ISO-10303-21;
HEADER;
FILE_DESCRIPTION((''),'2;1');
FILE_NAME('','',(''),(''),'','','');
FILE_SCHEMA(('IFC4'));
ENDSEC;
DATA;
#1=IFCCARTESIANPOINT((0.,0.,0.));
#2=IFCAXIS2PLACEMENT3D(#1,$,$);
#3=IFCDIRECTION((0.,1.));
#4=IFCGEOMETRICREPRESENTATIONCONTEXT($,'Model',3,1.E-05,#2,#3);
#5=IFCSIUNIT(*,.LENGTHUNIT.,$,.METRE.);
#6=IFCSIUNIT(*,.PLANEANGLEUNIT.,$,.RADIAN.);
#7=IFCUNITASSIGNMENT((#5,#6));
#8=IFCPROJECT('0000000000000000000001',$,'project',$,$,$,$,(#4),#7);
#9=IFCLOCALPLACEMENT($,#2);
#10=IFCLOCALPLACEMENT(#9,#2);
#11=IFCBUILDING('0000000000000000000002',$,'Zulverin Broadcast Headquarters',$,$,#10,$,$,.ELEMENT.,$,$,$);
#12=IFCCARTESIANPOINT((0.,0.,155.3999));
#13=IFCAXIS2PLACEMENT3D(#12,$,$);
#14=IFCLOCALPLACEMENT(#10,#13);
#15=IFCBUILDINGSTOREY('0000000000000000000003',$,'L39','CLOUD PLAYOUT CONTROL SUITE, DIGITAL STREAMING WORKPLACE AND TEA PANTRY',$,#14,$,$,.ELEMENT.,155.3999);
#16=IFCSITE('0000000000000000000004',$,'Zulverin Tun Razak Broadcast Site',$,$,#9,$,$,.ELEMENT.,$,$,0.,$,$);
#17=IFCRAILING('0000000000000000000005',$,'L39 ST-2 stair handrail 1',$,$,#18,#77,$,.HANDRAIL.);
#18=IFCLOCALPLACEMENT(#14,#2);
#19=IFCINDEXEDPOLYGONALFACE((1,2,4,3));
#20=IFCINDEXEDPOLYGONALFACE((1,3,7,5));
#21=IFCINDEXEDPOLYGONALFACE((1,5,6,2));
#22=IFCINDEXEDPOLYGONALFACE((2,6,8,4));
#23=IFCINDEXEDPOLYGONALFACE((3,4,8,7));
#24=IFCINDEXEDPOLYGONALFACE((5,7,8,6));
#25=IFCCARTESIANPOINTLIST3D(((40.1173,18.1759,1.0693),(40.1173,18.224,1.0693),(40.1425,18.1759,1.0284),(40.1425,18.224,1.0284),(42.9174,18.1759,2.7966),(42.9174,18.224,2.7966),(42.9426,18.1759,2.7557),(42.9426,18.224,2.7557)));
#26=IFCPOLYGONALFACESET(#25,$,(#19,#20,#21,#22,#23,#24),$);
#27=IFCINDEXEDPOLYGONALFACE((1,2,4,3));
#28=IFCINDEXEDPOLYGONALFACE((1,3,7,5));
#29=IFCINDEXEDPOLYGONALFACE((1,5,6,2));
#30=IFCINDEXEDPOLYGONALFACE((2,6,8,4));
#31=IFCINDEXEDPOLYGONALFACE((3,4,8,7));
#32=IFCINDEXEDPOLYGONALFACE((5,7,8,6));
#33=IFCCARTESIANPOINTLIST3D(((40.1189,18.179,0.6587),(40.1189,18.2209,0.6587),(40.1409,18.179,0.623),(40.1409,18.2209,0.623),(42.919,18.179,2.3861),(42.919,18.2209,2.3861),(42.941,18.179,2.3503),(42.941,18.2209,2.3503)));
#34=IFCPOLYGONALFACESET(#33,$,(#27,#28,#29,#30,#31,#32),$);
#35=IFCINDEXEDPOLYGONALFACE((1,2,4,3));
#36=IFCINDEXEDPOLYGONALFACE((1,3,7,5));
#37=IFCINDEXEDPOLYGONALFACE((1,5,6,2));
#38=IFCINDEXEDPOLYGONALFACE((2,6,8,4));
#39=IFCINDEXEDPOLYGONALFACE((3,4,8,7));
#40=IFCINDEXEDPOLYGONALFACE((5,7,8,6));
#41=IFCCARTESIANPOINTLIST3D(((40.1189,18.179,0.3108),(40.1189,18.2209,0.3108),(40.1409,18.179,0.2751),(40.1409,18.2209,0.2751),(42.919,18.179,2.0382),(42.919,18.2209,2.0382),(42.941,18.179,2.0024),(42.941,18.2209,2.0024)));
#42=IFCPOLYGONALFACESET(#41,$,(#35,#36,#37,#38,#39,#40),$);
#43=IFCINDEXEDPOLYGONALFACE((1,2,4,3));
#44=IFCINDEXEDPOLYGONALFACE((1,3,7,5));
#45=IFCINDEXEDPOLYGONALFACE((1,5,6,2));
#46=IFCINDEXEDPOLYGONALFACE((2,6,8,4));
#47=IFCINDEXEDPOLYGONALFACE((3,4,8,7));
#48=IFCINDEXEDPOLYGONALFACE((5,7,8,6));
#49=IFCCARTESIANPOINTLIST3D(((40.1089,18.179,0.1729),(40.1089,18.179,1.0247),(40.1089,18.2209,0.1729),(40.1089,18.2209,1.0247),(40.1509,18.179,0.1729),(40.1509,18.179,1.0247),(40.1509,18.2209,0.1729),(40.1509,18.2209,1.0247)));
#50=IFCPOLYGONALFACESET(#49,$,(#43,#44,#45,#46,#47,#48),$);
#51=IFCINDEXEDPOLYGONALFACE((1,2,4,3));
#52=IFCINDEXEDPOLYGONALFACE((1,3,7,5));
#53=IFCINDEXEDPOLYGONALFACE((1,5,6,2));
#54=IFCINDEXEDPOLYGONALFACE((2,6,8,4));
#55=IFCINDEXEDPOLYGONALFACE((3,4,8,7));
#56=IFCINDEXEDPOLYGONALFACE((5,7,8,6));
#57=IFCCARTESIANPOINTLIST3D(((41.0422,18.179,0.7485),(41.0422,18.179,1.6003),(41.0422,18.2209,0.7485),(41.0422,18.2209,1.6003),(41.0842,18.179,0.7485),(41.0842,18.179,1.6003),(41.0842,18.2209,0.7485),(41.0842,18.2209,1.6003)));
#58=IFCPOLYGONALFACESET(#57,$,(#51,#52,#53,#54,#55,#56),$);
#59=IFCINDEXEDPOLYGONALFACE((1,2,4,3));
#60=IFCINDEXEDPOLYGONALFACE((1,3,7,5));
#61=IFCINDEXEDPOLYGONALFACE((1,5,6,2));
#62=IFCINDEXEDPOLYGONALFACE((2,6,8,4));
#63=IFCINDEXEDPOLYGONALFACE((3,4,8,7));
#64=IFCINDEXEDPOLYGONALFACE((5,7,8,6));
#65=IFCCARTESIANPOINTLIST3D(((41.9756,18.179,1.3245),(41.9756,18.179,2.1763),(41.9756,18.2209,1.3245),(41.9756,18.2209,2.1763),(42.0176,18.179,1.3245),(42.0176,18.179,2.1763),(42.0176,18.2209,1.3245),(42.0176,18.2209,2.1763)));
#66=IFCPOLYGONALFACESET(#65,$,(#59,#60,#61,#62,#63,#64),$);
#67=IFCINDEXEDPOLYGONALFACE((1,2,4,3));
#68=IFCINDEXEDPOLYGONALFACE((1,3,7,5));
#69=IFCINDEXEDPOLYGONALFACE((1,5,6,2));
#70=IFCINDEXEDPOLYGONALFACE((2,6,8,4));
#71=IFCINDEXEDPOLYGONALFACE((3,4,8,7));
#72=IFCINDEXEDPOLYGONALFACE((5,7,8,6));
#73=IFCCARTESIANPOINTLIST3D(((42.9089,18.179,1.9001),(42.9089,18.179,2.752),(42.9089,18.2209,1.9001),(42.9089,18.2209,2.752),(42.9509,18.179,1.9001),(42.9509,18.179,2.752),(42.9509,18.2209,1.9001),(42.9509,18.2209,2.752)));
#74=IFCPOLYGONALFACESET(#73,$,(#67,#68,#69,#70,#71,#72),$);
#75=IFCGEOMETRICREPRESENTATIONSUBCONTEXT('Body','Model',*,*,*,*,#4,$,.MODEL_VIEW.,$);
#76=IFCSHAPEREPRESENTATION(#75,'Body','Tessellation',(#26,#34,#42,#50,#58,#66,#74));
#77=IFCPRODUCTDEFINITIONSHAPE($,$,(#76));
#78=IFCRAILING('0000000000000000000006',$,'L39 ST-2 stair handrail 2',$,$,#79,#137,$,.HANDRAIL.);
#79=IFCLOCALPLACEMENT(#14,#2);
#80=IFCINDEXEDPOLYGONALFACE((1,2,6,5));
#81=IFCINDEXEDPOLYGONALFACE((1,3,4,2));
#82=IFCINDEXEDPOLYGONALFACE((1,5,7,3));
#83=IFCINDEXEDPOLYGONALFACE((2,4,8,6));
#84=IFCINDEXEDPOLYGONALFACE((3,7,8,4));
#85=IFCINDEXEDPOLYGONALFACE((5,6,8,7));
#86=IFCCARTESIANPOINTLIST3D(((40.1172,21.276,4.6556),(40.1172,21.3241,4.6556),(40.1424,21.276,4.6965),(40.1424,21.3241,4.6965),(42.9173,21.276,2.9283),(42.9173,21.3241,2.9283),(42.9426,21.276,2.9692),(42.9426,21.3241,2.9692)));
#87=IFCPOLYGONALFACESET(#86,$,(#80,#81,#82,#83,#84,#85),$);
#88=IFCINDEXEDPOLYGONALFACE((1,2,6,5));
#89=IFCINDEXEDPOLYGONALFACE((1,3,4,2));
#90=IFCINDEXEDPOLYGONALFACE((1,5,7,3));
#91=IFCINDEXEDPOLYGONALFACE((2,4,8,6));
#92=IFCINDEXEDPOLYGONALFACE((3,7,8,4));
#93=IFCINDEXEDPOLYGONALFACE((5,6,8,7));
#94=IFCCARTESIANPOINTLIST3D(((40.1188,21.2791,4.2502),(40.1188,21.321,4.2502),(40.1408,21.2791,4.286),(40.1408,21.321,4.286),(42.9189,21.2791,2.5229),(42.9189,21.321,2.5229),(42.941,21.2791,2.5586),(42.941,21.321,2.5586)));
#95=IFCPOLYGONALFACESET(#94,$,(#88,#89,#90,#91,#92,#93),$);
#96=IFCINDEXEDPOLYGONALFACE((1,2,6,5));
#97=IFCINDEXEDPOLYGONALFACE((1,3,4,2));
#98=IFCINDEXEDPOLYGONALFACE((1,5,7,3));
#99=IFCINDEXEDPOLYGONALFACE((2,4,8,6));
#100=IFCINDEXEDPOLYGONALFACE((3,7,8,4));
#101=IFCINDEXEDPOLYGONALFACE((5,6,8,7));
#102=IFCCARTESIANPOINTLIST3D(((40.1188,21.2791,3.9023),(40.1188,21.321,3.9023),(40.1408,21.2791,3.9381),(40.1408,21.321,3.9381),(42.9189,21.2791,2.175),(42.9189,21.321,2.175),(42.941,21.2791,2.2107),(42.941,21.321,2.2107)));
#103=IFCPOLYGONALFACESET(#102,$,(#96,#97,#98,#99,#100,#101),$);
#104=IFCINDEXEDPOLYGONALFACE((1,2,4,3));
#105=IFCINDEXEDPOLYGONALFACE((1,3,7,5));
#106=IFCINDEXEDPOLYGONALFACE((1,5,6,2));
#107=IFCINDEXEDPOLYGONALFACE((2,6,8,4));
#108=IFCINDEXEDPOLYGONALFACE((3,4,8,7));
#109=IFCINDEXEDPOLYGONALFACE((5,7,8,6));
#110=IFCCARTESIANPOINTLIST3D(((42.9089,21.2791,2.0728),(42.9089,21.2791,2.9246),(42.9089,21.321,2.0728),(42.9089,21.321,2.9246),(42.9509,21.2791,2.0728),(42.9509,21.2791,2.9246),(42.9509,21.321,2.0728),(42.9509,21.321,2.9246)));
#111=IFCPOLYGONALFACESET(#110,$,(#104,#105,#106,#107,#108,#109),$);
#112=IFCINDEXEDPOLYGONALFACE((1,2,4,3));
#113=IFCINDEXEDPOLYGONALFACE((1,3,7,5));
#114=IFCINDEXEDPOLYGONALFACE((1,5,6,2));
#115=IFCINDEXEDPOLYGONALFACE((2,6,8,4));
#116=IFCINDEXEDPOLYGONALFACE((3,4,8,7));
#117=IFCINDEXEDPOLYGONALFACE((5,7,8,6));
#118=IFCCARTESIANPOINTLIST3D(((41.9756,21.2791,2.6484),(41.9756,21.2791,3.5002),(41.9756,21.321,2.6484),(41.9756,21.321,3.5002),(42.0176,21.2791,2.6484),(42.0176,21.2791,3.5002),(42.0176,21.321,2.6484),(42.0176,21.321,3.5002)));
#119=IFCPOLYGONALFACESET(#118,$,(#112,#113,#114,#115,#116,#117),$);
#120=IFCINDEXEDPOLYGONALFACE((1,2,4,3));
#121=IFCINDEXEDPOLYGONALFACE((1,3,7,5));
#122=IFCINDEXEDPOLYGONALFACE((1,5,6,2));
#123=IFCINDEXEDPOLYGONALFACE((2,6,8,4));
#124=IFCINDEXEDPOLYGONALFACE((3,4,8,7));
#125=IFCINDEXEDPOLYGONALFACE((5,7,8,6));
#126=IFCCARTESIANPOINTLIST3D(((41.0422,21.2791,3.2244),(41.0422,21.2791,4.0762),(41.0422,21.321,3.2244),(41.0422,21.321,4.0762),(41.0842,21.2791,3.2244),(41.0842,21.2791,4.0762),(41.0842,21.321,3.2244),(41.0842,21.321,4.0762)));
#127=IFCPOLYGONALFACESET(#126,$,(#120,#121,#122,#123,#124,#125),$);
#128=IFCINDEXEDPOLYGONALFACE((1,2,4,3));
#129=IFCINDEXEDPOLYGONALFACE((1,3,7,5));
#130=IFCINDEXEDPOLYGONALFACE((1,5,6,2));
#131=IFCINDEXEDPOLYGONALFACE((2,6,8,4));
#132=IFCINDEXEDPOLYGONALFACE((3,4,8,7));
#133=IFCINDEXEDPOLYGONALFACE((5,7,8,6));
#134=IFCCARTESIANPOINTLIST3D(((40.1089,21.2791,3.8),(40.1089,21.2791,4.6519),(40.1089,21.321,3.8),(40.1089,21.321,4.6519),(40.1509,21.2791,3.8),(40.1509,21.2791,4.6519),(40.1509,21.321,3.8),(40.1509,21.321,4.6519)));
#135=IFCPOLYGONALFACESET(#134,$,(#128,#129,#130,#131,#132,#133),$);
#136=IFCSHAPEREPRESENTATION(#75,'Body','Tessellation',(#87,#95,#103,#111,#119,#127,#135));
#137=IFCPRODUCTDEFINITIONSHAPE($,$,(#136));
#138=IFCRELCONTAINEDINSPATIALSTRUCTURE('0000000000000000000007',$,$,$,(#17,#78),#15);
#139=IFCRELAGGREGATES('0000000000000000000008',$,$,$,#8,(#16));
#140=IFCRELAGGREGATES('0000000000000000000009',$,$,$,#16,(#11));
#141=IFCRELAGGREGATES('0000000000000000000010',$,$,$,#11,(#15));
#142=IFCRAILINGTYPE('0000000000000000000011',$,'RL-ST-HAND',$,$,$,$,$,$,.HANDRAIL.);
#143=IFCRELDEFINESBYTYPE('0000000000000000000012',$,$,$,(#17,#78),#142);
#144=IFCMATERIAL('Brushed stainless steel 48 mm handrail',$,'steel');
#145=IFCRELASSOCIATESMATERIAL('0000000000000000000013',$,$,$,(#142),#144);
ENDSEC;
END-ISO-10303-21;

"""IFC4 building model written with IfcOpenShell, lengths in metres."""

from ifc_helpers import new_model, si_unit, direction, frame, origin, origin_2d, place, context, subcontext, project, spatial, rectangle, extrude, material, type_object, element, save


model = new_model("IFC4")

# Units and contexts
model_context = context("Model", 3, precision=1e-05, world=origin(), true_north=direction((0.0, 1.0)))
body_context = subcontext(model_context, "Body", "Model", "MODEL_VIEW")
ifc_project = project(units=[si_unit("LENGTHUNIT", "METRE"), si_unit("PLANEANGLEUNIT", "RADIAN")], contexts=[model_context])

# Site, building, storey
site_placement = place(None, origin())
site = spatial("IfcSite", under=ifc_project, at=site_placement, Name="Zulverin Tun Razak Broadcast Site", CompositionType="ELEMENT", RefElevation=0.0)
building_placement = place(site_placement, origin())
building = spatial("IfcBuilding", under=site, at=building_placement, Name="Zulverin Broadcast Headquarters", CompositionType="ELEMENT")
storey_placement = place(building_placement, frame((0.0, 0.0, 155.3999)))
storey = spatial("IfcBuildingStorey", under=building, at=storey_placement, Name="L39", Description="CLOUD PLAYOUT CONTROL SUITE, DIGITAL STREAMING WORKPLACE AND TEA PANTRY", CompositionType="ELEMENT", Elevation=155.3999)

# Railings
ifc_material_1 = material(Name="Brushed stainless steel 48 mm handrail", Category="steel")
railing_type_1 = type_object("IfcRailingType", Name="RL-ST-HAND", PredefinedType="HANDRAIL", material=ifc_material_1)
railing_1_placement = place(storey_placement, frame((40.1299, 18.2, 0.1729)))
element("IfcRailing", 1, at=railing_1_placement, inside=storey, type_object=railing_type_1, Name="L39 ST-2 stair handrail 1", PredefinedType="HANDRAIL", context=body_context, shape_type="SweptSolid", body=[
    extrude(rectangle(XDim=0.0481, YDim=0.0481, at=origin_2d()), frame((0.0, 0.0, 0.876), z_axis=(0.85109, 0.0, 0.52502), x_axis=(0.0, 1.0, 0.0)), (0.0, 0.0, 1.0), 3.29),
    extrude(rectangle(XDim=0.042, YDim=0.042, at=origin_2d()), frame((0.0, 0.0, 0.468), z_axis=(0.85109, 0.0, 0.52502), x_axis=(0.0, 1.0, 0.0)), (0.0, 0.0, 1.0), 3.29),
    extrude(rectangle(XDim=0.042, YDim=0.042, at=origin_2d()), frame((0.0, 0.0, 0.1201), z_axis=(0.85109, 0.0, 0.52502), x_axis=(0.0, 1.0, 0.0)), (0.0, 0.0, 1.0), 3.29),
    extrude(rectangle(XDim=0.042, YDim=0.042, at=origin_2d()), origin(), (0.0, 0.0, 1.0), 0.8518),
    extrude(rectangle(XDim=0.042, YDim=0.042, at=origin_2d()), frame((0.9333, 0.0, 0.5757)), (0.0, 0.0, 1.0), 0.8518),
    extrude(rectangle(XDim=0.042, YDim=0.042, at=origin_2d()), frame((1.8667, 0.0, 1.1516)), (0.0, 0.0, 1.0), 0.8518),
    extrude(rectangle(XDim=0.042, YDim=0.042, at=origin_2d()), frame((2.8, 0.0, 1.7273)), (0.0, 0.0, 1.0), 0.8518),
])
railing_2_placement = place(storey_placement, frame((42.9299, 21.3, 2.0728)))
element("IfcRailing", 2, at=railing_2_placement, inside=storey, type_object=railing_type_1, Name="L39 ST-2 stair handrail 2", PredefinedType="HANDRAIL", context=body_context, shape_type="SweptSolid", body=[
    extrude(rectangle(XDim=0.0481, YDim=0.0481, at=origin_2d()), frame((0.0, 0.0, 0.876), z_axis=(-0.85109, 0.0, 0.52502), x_axis=(0.0, -1.0, 0.0)), (0.0, 0.0, 1.0), 3.29),
    extrude(rectangle(XDim=0.042, YDim=0.042, at=origin_2d()), frame((0.0, 0.0, 0.468), z_axis=(-0.85109, 0.0, 0.52502), x_axis=(0.0, -1.0, 0.0)), (0.0, 0.0, 1.0), 3.29),
    extrude(rectangle(XDim=0.042, YDim=0.042, at=origin_2d()), frame((0.0, 0.0, 0.1201), z_axis=(-0.85109, 0.0, 0.52502), x_axis=(0.0, -1.0, 0.0)), (0.0, 0.0, 1.0), 3.29),
    extrude(rectangle(XDim=0.042, YDim=0.042, at=origin_2d()), origin(), (0.0, 0.0, 1.0), 0.8518),
    extrude(rectangle(XDim=0.042, YDim=0.042, at=origin_2d()), frame((-0.9333, 0.0, 0.5757)), (0.0, 0.0, 1.0), 0.8518),
    extrude(rectangle(XDim=0.042, YDim=0.042, at=origin_2d()), frame((-1.8667, 0.0, 1.1516)), (0.0, 0.0, 1.0), 0.8518),
    extrude(rectangle(XDim=0.042, YDim=0.042, at=origin_2d()), frame((-2.8, 0.0, 1.7273)), (0.0, 0.0, 1.0), 0.8518),
])

save(model, "model.ifc")
